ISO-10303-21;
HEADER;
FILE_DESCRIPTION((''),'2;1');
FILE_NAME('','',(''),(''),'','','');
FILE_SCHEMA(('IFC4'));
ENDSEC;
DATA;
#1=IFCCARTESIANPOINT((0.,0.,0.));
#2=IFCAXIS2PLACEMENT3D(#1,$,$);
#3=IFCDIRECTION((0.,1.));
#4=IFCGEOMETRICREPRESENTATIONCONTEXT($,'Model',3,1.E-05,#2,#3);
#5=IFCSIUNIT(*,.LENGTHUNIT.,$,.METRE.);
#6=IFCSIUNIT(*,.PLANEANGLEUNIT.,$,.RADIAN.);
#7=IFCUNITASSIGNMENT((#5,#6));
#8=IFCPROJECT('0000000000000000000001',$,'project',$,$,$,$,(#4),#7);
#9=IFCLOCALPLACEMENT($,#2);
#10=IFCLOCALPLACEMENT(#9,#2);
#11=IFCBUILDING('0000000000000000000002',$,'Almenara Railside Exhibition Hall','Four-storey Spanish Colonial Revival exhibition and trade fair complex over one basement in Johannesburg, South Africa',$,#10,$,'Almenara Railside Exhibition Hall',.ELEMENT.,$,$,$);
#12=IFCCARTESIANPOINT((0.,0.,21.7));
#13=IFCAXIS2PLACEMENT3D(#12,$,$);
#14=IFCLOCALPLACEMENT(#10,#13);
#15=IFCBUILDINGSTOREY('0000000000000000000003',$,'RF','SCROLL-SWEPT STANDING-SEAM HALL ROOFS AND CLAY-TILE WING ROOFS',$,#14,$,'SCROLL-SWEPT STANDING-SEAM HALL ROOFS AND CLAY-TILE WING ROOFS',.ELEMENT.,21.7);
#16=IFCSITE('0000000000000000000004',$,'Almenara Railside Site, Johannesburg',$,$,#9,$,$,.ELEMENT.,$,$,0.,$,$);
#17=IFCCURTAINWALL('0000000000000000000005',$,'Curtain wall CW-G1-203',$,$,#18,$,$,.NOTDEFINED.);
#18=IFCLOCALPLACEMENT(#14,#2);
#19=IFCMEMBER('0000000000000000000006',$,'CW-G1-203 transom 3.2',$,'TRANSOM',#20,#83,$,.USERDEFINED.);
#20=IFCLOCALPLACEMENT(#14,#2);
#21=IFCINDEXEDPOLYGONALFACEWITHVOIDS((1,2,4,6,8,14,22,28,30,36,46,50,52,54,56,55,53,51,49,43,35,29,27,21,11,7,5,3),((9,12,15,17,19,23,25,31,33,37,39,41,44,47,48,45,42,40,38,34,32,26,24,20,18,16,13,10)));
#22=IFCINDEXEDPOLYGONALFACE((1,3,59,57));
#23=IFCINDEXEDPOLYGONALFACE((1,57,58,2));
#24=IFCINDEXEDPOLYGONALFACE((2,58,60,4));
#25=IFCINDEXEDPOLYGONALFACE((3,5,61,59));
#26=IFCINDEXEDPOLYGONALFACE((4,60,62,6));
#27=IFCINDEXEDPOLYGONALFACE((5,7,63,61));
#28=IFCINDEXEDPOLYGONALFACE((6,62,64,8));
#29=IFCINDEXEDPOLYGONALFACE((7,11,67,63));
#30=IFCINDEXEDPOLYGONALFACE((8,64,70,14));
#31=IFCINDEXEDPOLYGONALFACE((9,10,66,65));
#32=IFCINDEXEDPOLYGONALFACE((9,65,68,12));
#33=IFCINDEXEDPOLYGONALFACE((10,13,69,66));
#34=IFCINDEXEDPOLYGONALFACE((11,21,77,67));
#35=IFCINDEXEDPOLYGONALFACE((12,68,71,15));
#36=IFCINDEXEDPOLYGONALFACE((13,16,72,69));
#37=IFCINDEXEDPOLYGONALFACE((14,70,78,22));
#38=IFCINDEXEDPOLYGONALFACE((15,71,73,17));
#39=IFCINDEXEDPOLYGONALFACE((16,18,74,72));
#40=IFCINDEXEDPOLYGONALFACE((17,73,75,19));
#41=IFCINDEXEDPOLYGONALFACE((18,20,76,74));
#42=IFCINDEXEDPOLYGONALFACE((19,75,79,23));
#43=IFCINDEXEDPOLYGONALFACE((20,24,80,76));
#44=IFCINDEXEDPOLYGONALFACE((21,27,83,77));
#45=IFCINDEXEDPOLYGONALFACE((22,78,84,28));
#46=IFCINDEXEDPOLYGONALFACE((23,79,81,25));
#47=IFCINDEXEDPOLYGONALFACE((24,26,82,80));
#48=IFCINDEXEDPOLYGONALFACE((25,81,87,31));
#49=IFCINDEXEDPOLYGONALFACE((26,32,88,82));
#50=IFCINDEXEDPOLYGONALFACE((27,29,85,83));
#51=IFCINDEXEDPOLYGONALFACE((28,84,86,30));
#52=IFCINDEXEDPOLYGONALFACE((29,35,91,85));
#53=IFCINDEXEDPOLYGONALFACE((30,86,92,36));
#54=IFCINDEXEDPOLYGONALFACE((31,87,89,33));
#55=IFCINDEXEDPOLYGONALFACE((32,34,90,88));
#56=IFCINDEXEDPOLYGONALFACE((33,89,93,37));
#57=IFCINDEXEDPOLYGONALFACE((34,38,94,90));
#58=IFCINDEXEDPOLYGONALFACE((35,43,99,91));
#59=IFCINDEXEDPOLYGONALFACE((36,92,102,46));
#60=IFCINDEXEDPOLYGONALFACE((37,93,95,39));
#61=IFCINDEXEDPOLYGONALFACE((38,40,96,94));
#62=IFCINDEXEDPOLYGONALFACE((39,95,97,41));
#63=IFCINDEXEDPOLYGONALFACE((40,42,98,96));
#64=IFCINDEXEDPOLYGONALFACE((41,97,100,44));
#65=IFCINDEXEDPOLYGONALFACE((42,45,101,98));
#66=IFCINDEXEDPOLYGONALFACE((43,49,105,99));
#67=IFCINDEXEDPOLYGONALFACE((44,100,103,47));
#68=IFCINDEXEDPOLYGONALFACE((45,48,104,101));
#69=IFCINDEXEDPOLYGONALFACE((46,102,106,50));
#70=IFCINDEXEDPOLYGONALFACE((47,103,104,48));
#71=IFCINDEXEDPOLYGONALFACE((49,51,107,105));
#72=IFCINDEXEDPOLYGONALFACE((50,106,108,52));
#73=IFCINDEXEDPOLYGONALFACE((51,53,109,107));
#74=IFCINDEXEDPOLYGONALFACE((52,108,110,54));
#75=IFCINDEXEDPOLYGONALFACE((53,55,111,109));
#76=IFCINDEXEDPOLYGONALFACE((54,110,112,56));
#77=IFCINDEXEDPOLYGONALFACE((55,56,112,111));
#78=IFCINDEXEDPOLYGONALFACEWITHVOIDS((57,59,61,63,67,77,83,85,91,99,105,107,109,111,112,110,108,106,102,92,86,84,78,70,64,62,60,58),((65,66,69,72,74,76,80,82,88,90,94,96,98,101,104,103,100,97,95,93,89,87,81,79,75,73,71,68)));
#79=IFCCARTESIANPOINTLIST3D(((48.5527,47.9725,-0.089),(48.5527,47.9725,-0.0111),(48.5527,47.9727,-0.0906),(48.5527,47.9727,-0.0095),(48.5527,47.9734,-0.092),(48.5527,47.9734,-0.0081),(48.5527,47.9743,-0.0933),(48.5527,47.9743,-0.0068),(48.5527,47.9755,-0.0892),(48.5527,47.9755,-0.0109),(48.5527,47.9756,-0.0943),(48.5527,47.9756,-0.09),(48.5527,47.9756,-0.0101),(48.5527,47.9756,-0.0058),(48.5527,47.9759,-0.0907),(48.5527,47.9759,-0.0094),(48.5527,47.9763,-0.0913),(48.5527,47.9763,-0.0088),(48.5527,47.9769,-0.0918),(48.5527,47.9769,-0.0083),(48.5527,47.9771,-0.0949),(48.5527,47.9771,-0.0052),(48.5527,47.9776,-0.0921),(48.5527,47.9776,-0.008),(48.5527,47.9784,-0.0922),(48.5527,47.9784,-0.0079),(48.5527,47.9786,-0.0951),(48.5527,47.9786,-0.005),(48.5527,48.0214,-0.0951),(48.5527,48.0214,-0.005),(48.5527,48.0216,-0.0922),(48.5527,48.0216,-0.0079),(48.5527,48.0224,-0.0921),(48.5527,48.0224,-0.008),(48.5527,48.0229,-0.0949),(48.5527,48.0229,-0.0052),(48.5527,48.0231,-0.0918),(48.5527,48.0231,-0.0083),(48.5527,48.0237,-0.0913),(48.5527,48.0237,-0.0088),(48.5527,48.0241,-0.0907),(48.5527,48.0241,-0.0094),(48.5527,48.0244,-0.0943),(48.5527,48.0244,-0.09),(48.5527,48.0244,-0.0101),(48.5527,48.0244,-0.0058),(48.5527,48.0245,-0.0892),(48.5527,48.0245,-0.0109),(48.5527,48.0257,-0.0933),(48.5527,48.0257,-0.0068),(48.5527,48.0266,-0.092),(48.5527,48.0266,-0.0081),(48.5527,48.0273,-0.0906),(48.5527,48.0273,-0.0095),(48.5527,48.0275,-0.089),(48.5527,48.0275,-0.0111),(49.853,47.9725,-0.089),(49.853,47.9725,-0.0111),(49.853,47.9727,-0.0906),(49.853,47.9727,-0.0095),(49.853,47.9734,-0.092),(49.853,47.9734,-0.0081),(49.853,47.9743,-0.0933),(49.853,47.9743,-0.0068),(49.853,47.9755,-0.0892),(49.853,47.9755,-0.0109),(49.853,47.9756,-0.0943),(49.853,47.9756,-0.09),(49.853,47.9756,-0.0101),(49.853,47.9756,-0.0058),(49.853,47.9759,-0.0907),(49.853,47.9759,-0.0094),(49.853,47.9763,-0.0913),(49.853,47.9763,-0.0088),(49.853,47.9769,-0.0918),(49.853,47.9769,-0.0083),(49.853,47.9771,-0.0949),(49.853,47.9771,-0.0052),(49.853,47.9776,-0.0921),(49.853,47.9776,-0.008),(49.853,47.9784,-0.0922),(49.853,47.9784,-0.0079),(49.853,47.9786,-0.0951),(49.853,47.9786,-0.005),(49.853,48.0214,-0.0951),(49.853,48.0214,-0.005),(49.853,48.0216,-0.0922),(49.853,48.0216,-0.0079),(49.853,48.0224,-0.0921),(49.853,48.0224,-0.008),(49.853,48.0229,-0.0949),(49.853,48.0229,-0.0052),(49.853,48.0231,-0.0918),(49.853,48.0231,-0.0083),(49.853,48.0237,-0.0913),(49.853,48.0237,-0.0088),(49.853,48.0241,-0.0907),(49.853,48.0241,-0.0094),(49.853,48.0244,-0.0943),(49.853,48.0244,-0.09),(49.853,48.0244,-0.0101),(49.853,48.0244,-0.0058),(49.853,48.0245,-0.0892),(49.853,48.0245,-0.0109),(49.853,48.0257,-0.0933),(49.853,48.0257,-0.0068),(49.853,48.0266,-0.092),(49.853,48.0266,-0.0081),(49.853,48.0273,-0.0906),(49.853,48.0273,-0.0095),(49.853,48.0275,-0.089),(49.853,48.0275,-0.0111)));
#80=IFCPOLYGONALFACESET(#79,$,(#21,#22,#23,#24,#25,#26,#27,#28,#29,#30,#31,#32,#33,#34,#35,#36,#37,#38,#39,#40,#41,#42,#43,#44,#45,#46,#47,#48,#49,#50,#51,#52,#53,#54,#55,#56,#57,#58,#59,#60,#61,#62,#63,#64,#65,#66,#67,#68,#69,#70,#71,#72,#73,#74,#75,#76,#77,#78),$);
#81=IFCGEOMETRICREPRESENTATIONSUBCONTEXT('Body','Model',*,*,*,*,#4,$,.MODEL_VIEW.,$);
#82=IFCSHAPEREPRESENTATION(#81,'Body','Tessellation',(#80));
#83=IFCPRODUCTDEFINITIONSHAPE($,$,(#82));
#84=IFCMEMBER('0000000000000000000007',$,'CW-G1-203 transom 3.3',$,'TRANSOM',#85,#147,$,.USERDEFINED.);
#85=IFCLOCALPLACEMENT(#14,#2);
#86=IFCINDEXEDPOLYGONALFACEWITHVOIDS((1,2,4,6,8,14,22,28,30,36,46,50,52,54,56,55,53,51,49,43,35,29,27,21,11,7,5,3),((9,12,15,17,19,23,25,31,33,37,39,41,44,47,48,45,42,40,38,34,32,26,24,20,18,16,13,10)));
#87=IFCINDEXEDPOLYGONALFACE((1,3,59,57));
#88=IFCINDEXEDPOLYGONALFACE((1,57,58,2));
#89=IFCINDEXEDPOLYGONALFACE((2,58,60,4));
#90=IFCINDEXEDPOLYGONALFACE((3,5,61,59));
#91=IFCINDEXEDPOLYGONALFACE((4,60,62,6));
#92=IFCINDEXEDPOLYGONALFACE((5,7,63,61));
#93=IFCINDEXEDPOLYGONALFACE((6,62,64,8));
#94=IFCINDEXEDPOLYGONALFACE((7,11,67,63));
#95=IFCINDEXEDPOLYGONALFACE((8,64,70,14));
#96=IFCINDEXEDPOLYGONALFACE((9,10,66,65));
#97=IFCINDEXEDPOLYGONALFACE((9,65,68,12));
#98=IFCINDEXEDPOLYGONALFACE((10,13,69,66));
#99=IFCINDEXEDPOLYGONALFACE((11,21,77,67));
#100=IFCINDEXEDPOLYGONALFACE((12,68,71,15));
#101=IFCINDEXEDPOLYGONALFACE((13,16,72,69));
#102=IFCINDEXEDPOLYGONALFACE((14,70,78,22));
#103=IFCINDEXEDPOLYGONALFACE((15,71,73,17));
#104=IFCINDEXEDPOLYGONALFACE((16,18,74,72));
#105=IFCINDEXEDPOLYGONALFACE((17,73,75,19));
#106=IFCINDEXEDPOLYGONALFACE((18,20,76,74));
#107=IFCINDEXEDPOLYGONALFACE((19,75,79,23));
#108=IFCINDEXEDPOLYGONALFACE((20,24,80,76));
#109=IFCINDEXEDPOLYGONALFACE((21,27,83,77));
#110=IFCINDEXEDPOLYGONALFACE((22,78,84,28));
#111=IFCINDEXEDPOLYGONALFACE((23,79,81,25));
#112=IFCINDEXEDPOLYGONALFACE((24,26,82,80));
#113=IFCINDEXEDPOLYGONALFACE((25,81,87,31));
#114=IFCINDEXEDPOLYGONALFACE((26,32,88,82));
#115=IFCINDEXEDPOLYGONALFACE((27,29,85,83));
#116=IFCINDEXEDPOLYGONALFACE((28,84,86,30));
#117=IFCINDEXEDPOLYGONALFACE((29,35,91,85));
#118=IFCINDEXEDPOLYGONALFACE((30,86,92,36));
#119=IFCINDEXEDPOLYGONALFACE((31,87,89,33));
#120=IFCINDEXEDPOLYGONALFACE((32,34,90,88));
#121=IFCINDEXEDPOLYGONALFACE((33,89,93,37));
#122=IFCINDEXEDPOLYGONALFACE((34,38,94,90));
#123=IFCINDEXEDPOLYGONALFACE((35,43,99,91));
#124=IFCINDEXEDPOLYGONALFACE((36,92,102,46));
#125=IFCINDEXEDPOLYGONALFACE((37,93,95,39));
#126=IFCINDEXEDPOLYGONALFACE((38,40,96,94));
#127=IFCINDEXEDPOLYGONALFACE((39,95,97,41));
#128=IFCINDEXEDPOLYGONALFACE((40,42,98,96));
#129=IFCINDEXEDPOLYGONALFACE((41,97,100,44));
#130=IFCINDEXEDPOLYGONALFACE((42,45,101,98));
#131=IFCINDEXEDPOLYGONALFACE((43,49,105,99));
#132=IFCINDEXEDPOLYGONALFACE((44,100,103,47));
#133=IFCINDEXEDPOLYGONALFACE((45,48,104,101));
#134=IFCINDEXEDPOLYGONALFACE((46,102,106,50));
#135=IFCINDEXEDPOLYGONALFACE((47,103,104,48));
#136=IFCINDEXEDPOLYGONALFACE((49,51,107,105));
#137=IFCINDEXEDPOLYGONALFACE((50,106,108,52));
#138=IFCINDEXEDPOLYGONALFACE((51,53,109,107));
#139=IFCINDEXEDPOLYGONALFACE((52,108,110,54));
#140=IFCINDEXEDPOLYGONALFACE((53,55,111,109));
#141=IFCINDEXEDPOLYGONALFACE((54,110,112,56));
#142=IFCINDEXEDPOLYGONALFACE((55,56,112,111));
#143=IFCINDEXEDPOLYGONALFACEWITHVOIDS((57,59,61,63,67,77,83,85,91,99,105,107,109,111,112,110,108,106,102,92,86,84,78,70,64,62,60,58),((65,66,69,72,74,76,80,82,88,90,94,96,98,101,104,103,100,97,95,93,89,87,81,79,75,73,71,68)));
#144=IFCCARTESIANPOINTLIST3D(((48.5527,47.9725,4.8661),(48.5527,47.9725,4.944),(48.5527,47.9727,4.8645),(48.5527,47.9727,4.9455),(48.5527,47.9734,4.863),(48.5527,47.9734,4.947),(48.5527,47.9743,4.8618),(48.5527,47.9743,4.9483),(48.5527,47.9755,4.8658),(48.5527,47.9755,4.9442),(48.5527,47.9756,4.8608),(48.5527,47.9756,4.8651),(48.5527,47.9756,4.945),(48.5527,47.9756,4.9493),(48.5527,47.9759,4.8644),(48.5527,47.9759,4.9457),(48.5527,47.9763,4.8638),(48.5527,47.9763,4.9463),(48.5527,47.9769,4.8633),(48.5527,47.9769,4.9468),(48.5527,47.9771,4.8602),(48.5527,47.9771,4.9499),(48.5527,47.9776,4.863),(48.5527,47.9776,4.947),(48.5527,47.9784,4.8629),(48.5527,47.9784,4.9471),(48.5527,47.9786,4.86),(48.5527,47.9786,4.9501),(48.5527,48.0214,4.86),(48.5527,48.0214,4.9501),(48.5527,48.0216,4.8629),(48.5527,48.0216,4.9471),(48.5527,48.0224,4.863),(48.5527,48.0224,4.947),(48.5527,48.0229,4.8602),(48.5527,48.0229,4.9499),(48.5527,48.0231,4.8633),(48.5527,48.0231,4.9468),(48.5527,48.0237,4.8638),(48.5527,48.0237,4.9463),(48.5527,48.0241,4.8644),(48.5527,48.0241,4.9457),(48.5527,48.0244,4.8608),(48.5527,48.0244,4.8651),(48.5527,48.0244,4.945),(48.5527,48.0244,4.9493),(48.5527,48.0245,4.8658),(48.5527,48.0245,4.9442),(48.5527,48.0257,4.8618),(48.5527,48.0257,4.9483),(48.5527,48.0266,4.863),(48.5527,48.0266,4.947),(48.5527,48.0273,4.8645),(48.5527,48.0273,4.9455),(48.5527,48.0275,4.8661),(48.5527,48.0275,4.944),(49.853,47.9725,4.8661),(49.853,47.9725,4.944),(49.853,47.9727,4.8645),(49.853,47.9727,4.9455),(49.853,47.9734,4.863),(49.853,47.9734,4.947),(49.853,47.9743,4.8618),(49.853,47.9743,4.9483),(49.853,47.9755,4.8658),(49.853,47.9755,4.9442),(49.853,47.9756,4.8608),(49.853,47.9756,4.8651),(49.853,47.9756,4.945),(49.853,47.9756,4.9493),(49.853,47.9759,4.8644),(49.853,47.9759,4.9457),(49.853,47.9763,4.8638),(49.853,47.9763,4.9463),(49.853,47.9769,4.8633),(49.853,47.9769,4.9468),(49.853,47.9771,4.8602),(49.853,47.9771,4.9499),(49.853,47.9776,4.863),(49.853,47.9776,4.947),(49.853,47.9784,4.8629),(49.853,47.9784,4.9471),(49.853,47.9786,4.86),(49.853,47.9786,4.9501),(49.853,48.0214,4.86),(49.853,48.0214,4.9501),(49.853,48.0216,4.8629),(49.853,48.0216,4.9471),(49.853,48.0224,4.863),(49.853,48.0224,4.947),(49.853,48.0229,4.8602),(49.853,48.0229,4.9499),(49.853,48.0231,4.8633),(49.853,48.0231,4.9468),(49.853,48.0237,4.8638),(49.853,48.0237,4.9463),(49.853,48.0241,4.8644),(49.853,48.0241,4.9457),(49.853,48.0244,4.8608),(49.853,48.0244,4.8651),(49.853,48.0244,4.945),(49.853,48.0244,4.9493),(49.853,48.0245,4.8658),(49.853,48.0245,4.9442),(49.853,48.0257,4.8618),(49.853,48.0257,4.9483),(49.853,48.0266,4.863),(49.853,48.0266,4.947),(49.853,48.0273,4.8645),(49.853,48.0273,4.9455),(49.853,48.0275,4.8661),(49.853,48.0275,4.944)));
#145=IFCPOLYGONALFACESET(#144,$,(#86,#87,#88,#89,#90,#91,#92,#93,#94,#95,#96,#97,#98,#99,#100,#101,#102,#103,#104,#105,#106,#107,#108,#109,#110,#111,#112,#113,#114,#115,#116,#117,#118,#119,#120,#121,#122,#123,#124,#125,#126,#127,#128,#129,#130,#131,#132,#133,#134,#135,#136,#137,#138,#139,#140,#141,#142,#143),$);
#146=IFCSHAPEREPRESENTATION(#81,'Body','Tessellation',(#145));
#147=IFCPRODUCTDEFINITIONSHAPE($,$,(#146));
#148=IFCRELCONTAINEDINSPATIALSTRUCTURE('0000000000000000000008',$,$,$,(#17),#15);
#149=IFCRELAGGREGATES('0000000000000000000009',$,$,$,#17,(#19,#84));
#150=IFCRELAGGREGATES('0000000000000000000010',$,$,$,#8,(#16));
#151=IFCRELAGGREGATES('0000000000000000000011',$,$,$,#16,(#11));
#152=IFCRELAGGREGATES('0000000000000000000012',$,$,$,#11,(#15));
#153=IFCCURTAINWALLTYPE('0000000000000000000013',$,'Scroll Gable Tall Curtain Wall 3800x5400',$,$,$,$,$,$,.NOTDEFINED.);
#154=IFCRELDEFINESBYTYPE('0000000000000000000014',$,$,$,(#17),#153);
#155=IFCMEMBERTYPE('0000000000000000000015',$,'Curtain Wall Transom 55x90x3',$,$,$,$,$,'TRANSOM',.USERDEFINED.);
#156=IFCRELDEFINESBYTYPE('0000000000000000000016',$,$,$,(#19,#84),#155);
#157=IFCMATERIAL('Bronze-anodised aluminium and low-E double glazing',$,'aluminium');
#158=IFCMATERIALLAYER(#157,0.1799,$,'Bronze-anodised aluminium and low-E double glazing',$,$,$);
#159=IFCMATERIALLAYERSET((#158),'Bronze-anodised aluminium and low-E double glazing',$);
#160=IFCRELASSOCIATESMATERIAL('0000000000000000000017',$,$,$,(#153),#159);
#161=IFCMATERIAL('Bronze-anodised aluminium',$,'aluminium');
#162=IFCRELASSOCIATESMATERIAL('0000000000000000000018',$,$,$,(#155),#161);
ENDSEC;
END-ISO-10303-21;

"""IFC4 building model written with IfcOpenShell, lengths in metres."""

from ifc_helpers import new_model, si_unit, direction, frame, origin, origin_2d, place, context, subcontext, project, spatial, hollow_rectangle, extrude, material, layer, layer_set, material_profile, profile_set, type_object, element, aggregate, save


model = new_model("IFC4")

# Units and contexts
model_context = context("Model", 3, precision=1e-05, world=origin(), true_north=direction((0.0, 1.0)))
body_context = subcontext(model_context, "Body", "Model", "MODEL_VIEW")
ifc_project = project(units=[si_unit("LENGTHUNIT", "METRE"), si_unit("PLANEANGLEUNIT", "RADIAN")], contexts=[model_context])

# Site, building, storey
site_placement = place(None, origin())
site = spatial("IfcSite", under=ifc_project, at=site_placement, Name="Almenara Railside Site, Johannesburg", CompositionType="ELEMENT", RefElevation=0.0)
building_placement = place(site_placement, origin())
building = spatial("IfcBuilding", under=site, at=building_placement, Name="Almenara Railside Exhibition Hall", Description="Four-storey Spanish Colonial Revival exhibition and trade fair complex over one basement in Johannesburg, South Africa", LongName="Almenara Railside Exhibition Hall", CompositionType="ELEMENT")
storey_placement = place(building_placement, frame((0.0, 0.0, 21.7)))
storey = spatial("IfcBuildingStorey", under=building, at=storey_placement, Name="RF", Description="SCROLL-SWEPT STANDING-SEAM HALL ROOFS AND CLAY-TILE WING ROOFS", LongName="SCROLL-SWEPT STANDING-SEAM HALL ROOFS AND CLAY-TILE WING ROOFS", CompositionType="ELEMENT", Elevation=21.7)

# Curtain wall
ifc_material_1 = material(Name="Bronze-anodised aluminium and low-E double glazing", Category="aluminium")
ifc_layer_1 = layer(ifc_material_1, 0.1799, Name="Bronze-anodised aluminium and low-E double glazing")
ifc_layer_set_1 = layer_set([ifc_layer_1], Name="Bronze-anodised aluminium and low-E double glazing")
curtain_wall_type = type_object("IfcCurtainWallType", Name="Scroll Gable Tall Curtain Wall 3800x5400", PredefinedType="NOTDEFINED", material=ifc_layer_set_1)
curtain_wall_1_placement = place(storey_placement, origin())
curtain_wall_1 = element("IfcCurtainWall", 1, at=curtain_wall_1_placement, inside=storey, type_object=curtain_wall_type, Name="Curtain wall CW-G1-203", PredefinedType="NOTDEFINED")
ifc_material_2 = material(Name="Bronze-anodised aluminium", Category="aluminium")

# Members
ifc_material_profile_1 = material_profile(ifc_material_2, hollow_rectangle(XDim=0.0549, YDim=0.0901, WallThickness=0.0029, InnerFilletRadius=0.0029, OuterFilletRadius=0.0061, at=origin_2d()), Name="ALU-TRN 55x90x3")
ifc_profile_set_1 = profile_set([ifc_material_profile_1], Name="Bronze-anodised aluminium")
member_type_1 = type_object("IfcMemberType", Name="Curtain Wall Transom 55x90x3", ElementType="TRANSOM", PredefinedType="USERDEFINED", material=ifc_profile_set_1)
member_1_placement = place(storey_placement, frame((48.5527, 48.0, -0.05), z_axis=(1.0, 0.0, 0.0), x_axis=(0.0, 1.0, 0.0)))
member_1 = element("IfcMember", 2, at=member_1_placement, type_object=member_type_1, Name="CW-G1-203 transom 3.2", ObjectType="TRANSOM", PredefinedType="USERDEFINED", context=body_context, shape_type="SweptSolid", body=[
    extrude(hollow_rectangle(XDim=0.0549, YDim=0.0901, WallThickness=0.0029, InnerFilletRadius=0.0029, OuterFilletRadius=0.0061, at=origin_2d()), origin(), (0.0, 0.0, 1.0), 1.3003),
])
member_2_placement = place(storey_placement, frame((48.5527, 48.0, 4.905), z_axis=(1.0, 0.0, 0.0), x_axis=(0.0, 1.0, 0.0)))
member_2 = element("IfcMember", 3, at=member_2_placement, type_object=member_type_1, Name="CW-G1-203 transom 3.3", ObjectType="TRANSOM", PredefinedType="USERDEFINED", context=body_context, shape_type="SweptSolid", body=[
    extrude(hollow_rectangle(XDim=0.0549, YDim=0.0901, WallThickness=0.0029, InnerFilletRadius=0.0029, OuterFilletRadius=0.0061, at=origin_2d()), origin(), (0.0, 0.0, 1.0), 1.3003),
])

aggregate(curtain_wall_1, [member_1, member_2])

save(model, "model.ifc")
